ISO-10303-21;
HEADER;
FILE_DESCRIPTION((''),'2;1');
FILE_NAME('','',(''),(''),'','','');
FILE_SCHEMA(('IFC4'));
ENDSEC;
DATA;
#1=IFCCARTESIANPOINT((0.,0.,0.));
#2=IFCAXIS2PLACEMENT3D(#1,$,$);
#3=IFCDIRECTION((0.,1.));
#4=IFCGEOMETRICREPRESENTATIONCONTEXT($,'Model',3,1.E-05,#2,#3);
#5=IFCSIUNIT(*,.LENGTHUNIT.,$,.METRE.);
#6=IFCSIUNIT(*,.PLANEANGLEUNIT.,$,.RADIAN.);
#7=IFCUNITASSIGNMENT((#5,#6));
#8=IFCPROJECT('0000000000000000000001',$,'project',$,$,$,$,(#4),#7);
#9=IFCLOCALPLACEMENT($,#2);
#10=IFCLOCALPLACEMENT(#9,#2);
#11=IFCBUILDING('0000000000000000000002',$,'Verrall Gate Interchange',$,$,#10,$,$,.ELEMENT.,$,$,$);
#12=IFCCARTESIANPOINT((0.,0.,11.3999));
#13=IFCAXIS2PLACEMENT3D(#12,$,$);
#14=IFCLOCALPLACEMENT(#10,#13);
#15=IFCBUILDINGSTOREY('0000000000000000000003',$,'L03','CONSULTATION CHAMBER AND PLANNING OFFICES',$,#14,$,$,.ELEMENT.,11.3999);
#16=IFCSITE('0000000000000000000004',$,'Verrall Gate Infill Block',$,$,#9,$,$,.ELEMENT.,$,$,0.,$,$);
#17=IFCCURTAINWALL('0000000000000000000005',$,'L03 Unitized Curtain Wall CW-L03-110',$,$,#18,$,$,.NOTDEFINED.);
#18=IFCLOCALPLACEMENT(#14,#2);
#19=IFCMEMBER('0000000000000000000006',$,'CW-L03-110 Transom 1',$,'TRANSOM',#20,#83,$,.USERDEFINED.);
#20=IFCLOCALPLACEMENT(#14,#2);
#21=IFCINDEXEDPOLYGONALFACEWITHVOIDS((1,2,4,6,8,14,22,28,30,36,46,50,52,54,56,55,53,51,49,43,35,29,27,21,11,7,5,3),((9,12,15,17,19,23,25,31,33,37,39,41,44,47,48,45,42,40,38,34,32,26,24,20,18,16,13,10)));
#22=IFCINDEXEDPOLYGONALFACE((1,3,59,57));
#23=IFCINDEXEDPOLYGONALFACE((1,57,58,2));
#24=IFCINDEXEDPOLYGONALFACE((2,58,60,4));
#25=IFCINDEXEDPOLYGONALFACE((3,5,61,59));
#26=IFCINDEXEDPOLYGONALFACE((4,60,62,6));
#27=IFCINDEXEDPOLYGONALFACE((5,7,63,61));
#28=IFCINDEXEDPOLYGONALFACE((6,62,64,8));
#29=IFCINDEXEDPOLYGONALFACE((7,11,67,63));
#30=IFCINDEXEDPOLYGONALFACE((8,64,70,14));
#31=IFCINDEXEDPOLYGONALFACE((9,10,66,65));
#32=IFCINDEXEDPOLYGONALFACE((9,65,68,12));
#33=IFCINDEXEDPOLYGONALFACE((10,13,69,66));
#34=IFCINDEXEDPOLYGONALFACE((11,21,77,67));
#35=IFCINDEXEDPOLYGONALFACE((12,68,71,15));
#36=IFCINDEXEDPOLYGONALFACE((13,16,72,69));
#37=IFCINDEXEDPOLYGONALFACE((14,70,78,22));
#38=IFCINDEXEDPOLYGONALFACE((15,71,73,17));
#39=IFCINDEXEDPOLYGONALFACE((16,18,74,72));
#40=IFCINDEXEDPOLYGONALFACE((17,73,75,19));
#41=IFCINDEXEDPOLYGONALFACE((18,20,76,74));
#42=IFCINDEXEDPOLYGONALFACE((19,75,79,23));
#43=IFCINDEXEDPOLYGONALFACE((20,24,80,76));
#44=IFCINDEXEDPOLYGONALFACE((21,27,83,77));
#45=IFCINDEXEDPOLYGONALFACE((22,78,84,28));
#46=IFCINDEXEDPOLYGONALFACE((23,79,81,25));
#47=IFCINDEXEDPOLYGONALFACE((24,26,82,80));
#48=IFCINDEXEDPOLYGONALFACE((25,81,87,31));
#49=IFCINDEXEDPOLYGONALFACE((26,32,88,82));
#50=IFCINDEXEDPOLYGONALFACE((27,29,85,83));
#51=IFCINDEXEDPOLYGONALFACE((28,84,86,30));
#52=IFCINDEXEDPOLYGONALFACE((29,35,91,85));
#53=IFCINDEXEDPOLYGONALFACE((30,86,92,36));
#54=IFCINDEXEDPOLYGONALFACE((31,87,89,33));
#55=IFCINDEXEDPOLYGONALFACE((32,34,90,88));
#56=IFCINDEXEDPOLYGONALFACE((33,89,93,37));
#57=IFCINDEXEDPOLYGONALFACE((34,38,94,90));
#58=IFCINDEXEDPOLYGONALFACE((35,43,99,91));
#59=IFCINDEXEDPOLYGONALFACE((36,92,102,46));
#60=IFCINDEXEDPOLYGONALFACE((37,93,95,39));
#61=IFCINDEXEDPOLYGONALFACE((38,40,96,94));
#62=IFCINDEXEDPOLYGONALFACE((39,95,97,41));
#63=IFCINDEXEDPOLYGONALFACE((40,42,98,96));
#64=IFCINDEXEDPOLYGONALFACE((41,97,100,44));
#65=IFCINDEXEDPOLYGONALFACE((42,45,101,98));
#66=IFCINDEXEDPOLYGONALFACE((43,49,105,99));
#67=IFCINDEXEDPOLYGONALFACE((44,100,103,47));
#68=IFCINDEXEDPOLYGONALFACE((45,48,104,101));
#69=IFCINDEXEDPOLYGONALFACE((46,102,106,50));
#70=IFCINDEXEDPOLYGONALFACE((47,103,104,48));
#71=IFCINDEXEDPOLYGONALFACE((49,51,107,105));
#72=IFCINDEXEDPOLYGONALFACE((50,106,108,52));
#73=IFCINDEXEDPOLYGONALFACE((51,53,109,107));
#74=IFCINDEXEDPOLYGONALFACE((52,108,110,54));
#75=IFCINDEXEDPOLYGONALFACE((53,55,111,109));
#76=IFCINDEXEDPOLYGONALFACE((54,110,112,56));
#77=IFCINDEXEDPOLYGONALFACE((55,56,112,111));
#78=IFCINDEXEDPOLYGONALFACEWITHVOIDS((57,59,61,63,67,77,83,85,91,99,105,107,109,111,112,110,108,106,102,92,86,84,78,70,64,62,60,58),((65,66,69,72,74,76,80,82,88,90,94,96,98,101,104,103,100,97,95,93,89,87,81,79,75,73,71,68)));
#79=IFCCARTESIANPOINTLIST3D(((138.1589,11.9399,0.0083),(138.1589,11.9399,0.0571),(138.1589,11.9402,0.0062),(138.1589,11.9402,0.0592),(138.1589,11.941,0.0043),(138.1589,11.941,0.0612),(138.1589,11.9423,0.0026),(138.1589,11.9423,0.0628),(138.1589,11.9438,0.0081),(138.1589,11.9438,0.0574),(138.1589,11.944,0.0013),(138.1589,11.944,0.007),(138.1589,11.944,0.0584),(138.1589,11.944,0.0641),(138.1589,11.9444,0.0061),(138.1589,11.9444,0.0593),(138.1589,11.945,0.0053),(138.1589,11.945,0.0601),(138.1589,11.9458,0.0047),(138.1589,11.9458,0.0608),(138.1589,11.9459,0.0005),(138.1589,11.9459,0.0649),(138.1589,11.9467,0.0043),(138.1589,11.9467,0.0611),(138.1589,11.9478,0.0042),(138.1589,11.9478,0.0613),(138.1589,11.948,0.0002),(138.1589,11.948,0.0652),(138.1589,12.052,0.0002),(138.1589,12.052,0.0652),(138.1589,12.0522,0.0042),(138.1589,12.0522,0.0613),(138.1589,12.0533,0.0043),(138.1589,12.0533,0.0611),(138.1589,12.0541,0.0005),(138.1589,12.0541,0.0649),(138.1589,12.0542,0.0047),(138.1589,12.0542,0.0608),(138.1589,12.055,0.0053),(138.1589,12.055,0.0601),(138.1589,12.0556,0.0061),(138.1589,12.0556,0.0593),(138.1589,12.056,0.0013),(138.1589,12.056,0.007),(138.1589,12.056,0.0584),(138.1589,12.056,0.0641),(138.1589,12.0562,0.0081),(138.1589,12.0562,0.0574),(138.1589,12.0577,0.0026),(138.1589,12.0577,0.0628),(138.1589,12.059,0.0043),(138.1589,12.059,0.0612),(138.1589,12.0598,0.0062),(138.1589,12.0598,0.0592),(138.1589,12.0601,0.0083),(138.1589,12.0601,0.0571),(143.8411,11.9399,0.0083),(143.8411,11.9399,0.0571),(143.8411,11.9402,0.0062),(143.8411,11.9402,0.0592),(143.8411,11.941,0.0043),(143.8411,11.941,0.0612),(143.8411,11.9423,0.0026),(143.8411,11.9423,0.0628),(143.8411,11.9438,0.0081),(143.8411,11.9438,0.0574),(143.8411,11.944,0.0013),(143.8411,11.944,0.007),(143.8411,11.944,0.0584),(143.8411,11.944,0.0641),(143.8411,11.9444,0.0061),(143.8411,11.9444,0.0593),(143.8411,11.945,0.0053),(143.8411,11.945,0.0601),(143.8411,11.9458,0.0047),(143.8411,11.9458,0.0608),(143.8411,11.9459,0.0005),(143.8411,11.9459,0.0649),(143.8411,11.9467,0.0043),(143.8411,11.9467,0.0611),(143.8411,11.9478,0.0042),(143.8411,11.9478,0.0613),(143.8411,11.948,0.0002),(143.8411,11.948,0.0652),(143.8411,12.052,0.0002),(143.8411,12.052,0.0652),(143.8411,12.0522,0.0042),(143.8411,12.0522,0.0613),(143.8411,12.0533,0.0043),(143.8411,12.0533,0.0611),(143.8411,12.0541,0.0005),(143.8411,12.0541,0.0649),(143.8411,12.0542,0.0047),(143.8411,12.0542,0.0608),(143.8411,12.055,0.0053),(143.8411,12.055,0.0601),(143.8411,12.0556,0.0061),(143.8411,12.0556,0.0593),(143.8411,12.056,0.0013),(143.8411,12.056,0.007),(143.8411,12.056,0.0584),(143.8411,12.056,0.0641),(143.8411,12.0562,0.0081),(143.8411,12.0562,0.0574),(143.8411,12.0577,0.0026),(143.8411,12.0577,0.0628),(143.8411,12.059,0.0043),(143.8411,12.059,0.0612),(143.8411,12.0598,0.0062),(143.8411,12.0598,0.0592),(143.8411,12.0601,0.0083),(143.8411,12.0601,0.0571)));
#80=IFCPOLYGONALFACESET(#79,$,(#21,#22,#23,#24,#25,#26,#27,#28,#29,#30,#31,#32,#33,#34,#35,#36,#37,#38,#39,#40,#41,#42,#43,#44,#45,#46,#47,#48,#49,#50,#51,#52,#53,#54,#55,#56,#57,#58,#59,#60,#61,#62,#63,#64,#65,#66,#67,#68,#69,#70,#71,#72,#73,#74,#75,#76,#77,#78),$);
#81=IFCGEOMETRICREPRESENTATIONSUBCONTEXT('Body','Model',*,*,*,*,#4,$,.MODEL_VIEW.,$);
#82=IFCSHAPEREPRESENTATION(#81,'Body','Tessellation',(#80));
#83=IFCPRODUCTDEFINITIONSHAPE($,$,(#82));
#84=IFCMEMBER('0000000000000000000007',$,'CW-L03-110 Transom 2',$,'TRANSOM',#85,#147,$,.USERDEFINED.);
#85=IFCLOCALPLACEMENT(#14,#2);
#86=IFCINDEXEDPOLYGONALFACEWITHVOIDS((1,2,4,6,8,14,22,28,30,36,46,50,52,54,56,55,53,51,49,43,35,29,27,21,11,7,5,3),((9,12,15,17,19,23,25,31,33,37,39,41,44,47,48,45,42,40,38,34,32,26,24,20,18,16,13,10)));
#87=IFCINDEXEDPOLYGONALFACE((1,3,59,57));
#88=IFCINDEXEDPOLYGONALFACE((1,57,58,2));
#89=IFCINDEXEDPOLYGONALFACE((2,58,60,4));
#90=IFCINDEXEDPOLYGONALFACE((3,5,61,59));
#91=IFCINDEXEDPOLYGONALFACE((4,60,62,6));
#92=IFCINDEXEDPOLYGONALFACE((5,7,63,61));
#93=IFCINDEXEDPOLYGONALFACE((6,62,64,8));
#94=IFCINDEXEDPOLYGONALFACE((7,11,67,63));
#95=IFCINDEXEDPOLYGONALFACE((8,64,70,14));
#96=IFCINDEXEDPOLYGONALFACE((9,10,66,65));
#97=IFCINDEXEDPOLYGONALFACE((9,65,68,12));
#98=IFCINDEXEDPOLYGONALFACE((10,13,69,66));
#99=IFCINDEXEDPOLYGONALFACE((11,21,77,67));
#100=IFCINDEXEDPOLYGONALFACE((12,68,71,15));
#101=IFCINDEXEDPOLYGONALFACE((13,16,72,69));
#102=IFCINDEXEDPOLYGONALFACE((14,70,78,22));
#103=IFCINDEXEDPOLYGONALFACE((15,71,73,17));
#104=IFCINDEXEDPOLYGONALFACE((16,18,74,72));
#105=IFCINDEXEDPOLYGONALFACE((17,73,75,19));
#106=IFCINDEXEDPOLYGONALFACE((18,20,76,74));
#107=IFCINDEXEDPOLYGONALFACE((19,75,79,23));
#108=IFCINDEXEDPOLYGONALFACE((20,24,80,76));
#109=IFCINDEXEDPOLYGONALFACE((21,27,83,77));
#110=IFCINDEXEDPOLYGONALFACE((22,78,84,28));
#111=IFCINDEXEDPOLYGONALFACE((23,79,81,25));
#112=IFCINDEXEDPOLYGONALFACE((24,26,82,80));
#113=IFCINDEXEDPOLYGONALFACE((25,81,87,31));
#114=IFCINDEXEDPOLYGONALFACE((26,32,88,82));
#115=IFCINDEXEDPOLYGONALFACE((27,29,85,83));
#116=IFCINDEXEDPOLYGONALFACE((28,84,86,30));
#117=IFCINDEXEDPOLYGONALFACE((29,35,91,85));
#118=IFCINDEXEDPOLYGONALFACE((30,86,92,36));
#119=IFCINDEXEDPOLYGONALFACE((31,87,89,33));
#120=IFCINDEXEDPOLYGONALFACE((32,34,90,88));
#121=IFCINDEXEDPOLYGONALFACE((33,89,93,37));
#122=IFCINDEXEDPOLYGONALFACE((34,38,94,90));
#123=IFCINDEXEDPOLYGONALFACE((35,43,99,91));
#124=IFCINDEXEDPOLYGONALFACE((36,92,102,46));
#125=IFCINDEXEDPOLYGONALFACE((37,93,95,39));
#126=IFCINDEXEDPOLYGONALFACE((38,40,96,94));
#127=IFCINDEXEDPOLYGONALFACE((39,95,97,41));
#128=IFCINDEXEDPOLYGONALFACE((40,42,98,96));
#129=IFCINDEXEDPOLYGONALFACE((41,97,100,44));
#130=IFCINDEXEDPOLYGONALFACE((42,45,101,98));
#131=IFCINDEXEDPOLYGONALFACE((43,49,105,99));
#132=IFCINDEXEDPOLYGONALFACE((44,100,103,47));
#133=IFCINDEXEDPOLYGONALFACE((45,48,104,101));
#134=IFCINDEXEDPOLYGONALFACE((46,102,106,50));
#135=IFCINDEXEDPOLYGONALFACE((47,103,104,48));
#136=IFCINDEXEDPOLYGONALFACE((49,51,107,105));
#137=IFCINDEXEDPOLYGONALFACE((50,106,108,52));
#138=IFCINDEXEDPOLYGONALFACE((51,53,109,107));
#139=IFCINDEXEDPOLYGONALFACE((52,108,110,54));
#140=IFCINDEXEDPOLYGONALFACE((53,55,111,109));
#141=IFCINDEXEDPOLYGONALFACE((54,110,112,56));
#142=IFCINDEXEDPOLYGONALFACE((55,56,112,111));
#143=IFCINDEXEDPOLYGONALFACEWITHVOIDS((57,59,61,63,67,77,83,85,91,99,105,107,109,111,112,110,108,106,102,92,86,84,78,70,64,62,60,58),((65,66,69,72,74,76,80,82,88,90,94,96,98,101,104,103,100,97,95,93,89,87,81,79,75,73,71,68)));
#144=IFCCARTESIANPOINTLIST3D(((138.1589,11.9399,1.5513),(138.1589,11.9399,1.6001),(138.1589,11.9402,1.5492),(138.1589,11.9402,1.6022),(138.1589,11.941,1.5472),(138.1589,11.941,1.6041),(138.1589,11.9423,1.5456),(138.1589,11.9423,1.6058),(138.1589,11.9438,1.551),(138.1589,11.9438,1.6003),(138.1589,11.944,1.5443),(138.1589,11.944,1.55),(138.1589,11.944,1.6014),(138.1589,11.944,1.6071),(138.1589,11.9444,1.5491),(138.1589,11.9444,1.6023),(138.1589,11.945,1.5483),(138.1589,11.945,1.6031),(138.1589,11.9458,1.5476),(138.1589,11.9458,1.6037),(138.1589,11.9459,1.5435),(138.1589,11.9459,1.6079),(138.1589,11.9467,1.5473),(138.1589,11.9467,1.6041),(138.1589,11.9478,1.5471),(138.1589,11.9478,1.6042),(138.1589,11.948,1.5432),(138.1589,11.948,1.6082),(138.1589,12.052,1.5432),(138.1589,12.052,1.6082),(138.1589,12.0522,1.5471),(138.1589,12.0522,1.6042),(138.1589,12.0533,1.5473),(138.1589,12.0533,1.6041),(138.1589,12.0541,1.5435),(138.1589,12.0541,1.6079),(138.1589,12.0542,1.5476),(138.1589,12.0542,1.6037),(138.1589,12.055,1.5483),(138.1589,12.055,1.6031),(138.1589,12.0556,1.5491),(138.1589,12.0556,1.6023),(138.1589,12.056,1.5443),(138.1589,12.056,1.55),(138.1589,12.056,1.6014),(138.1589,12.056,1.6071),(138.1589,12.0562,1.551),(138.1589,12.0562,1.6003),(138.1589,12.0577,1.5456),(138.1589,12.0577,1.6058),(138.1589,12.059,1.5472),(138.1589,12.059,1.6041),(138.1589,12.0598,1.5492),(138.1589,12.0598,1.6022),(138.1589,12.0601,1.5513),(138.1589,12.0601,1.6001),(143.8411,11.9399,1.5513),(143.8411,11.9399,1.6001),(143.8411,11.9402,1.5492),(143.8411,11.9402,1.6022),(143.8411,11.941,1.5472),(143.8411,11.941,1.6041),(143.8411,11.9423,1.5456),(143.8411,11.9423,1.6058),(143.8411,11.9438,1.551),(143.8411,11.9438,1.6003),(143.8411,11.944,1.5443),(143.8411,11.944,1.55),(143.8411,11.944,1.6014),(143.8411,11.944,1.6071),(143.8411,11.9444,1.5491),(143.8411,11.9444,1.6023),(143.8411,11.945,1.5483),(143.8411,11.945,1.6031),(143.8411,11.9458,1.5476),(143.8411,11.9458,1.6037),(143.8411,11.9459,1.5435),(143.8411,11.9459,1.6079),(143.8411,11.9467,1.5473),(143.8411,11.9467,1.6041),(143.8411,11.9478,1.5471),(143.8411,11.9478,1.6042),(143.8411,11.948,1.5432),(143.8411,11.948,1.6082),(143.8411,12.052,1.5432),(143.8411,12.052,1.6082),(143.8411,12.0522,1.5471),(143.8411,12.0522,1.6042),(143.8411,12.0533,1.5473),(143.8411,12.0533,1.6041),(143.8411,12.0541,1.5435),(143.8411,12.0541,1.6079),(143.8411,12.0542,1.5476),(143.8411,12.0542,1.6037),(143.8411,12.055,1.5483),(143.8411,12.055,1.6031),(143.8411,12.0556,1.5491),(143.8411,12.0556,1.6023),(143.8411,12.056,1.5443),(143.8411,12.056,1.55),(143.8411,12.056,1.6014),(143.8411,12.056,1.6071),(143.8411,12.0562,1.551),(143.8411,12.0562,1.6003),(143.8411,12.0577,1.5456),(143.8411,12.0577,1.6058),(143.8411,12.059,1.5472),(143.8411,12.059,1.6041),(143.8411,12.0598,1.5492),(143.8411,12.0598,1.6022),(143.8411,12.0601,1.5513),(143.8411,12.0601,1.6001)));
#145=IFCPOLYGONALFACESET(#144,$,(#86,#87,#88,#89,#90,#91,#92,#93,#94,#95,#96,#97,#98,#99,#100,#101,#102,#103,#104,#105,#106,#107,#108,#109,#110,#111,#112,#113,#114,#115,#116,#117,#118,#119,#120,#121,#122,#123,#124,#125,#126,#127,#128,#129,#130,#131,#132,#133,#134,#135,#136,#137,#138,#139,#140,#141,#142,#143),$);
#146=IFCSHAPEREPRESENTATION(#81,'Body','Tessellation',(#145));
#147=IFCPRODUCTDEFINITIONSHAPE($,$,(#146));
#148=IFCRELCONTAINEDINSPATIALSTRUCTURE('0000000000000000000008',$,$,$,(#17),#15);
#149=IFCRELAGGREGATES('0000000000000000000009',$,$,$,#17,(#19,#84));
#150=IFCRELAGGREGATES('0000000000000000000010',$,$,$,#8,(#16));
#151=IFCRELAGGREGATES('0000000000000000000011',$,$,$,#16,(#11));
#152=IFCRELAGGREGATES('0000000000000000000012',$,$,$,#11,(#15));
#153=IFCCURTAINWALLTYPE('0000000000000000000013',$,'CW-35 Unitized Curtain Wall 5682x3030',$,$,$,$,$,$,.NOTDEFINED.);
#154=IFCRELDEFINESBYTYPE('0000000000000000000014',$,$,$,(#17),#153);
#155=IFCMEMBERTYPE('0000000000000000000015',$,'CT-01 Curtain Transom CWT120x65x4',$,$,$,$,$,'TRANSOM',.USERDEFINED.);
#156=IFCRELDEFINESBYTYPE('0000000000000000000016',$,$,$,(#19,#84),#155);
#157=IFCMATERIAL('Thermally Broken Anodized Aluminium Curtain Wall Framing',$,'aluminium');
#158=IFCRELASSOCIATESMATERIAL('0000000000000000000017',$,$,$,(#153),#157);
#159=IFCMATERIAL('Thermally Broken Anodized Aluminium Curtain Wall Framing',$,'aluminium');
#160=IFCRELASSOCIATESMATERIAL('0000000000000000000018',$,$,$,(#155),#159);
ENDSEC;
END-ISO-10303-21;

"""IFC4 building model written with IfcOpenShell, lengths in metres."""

from ifc_helpers import new_model, si_unit, direction, frame, origin, origin_2d, place, context, subcontext, project, spatial, hollow_rectangle, extrude, material, material_profile, profile_set, type_object, element, aggregate, save


model = new_model("IFC4")

# Units and contexts
model_context = context("Model", 3, precision=1e-05, world=origin(), true_north=direction((0.0, 1.0)))
body_context = subcontext(model_context, "Body", "Model", "MODEL_VIEW")
ifc_project = project(units=[si_unit("LENGTHUNIT", "METRE"), si_unit("PLANEANGLEUNIT", "RADIAN")], contexts=[model_context])

# Site, building, storey
site_placement = place(None, origin())
site = spatial("IfcSite", under=ifc_project, at=site_placement, Name="Verrall Gate Infill Block", CompositionType="ELEMENT", RefElevation=0.0)
building_placement = place(site_placement, origin())
building = spatial("IfcBuilding", under=site, at=building_placement, Name="Verrall Gate Interchange", CompositionType="ELEMENT")
storey_placement = place(building_placement, frame((0.0, 0.0, 11.3999)))
storey = spatial("IfcBuildingStorey", under=building, at=storey_placement, Name="L03", Description="CONSULTATION CHAMBER AND PLANNING OFFICES", CompositionType="ELEMENT", Elevation=11.3999)

# Curtain wall, members
ifc_material_1 = material(Name="Thermally Broken Anodized Aluminium Curtain Wall Framing", Category="aluminium")
curtain_wall_type = type_object("IfcCurtainWallType", Name="CW-35 Unitized Curtain Wall 5682x3030", PredefinedType="NOTDEFINED", material=ifc_material_1)
curtain_wall_placement = place(storey_placement, origin())
curtain_wall = element("IfcCurtainWall", 1, at=curtain_wall_placement, inside=storey, type_object=curtain_wall_type, Name="L03 Unitized Curtain Wall CW-L03-110", PredefinedType="NOTDEFINED")
ifc_material_2 = material(Name="Thermally Broken Anodized Aluminium Curtain Wall Framing", Category="aluminium")
ifc_material_profile_1 = material_profile(ifc_material_2, hollow_rectangle(XDim=0.1201, YDim=0.0649, WallThickness=0.0039, InnerFilletRadius=0.0039, OuterFilletRadius=0.0081, at=origin_2d()), Name="CWT120x65x4")
ifc_profile_set_1 = profile_set([ifc_material_profile_1], Name="Thermally Broken Anodized Aluminium Curtain Wall Framing")
member_type_1 = type_object("IfcMemberType", Name="CT-01 Curtain Transom CWT120x65x4", ElementType="TRANSOM", PredefinedType="USERDEFINED", material=ifc_profile_set_1)
member_1_placement = place(storey_placement, frame((138.1589, 12.0, 0.0327), z_axis=(1.0, 0.0, 0.0), x_axis=(0.0, 1.0, 0.0)))
member_1 = element("IfcMember", 2, at=member_1_placement, type_object=member_type_1, Name="CW-L03-110 Transom 1", ObjectType="TRANSOM", PredefinedType="USERDEFINED", context=body_context, shape_type="SweptSolid", body=[
    extrude(hollow_rectangle(XDim=0.1201, YDim=0.0649, WallThickness=0.0039, InnerFilletRadius=0.0039, OuterFilletRadius=0.0081, at=origin_2d()), origin(), (0.0, 0.0, 1.0), 5.6821),
])
member_2_placement = place(storey_placement, frame((138.1589, 12.0, 1.5757), z_axis=(1.0, 0.0, 0.0), x_axis=(0.0, 1.0, 0.0)))
member_2 = element("IfcMember", 3, at=member_2_placement, type_object=member_type_1, Name="CW-L03-110 Transom 2", ObjectType="TRANSOM", PredefinedType="USERDEFINED", context=body_context, shape_type="SweptSolid", body=[
    extrude(hollow_rectangle(XDim=0.1201, YDim=0.0649, WallThickness=0.0039, InnerFilletRadius=0.0039, OuterFilletRadius=0.0081, at=origin_2d()), origin(), (0.0, 0.0, 1.0), 5.6821),
])

aggregate(curtain_wall, [member_1, member_2])

save(model, "model.ifc")
